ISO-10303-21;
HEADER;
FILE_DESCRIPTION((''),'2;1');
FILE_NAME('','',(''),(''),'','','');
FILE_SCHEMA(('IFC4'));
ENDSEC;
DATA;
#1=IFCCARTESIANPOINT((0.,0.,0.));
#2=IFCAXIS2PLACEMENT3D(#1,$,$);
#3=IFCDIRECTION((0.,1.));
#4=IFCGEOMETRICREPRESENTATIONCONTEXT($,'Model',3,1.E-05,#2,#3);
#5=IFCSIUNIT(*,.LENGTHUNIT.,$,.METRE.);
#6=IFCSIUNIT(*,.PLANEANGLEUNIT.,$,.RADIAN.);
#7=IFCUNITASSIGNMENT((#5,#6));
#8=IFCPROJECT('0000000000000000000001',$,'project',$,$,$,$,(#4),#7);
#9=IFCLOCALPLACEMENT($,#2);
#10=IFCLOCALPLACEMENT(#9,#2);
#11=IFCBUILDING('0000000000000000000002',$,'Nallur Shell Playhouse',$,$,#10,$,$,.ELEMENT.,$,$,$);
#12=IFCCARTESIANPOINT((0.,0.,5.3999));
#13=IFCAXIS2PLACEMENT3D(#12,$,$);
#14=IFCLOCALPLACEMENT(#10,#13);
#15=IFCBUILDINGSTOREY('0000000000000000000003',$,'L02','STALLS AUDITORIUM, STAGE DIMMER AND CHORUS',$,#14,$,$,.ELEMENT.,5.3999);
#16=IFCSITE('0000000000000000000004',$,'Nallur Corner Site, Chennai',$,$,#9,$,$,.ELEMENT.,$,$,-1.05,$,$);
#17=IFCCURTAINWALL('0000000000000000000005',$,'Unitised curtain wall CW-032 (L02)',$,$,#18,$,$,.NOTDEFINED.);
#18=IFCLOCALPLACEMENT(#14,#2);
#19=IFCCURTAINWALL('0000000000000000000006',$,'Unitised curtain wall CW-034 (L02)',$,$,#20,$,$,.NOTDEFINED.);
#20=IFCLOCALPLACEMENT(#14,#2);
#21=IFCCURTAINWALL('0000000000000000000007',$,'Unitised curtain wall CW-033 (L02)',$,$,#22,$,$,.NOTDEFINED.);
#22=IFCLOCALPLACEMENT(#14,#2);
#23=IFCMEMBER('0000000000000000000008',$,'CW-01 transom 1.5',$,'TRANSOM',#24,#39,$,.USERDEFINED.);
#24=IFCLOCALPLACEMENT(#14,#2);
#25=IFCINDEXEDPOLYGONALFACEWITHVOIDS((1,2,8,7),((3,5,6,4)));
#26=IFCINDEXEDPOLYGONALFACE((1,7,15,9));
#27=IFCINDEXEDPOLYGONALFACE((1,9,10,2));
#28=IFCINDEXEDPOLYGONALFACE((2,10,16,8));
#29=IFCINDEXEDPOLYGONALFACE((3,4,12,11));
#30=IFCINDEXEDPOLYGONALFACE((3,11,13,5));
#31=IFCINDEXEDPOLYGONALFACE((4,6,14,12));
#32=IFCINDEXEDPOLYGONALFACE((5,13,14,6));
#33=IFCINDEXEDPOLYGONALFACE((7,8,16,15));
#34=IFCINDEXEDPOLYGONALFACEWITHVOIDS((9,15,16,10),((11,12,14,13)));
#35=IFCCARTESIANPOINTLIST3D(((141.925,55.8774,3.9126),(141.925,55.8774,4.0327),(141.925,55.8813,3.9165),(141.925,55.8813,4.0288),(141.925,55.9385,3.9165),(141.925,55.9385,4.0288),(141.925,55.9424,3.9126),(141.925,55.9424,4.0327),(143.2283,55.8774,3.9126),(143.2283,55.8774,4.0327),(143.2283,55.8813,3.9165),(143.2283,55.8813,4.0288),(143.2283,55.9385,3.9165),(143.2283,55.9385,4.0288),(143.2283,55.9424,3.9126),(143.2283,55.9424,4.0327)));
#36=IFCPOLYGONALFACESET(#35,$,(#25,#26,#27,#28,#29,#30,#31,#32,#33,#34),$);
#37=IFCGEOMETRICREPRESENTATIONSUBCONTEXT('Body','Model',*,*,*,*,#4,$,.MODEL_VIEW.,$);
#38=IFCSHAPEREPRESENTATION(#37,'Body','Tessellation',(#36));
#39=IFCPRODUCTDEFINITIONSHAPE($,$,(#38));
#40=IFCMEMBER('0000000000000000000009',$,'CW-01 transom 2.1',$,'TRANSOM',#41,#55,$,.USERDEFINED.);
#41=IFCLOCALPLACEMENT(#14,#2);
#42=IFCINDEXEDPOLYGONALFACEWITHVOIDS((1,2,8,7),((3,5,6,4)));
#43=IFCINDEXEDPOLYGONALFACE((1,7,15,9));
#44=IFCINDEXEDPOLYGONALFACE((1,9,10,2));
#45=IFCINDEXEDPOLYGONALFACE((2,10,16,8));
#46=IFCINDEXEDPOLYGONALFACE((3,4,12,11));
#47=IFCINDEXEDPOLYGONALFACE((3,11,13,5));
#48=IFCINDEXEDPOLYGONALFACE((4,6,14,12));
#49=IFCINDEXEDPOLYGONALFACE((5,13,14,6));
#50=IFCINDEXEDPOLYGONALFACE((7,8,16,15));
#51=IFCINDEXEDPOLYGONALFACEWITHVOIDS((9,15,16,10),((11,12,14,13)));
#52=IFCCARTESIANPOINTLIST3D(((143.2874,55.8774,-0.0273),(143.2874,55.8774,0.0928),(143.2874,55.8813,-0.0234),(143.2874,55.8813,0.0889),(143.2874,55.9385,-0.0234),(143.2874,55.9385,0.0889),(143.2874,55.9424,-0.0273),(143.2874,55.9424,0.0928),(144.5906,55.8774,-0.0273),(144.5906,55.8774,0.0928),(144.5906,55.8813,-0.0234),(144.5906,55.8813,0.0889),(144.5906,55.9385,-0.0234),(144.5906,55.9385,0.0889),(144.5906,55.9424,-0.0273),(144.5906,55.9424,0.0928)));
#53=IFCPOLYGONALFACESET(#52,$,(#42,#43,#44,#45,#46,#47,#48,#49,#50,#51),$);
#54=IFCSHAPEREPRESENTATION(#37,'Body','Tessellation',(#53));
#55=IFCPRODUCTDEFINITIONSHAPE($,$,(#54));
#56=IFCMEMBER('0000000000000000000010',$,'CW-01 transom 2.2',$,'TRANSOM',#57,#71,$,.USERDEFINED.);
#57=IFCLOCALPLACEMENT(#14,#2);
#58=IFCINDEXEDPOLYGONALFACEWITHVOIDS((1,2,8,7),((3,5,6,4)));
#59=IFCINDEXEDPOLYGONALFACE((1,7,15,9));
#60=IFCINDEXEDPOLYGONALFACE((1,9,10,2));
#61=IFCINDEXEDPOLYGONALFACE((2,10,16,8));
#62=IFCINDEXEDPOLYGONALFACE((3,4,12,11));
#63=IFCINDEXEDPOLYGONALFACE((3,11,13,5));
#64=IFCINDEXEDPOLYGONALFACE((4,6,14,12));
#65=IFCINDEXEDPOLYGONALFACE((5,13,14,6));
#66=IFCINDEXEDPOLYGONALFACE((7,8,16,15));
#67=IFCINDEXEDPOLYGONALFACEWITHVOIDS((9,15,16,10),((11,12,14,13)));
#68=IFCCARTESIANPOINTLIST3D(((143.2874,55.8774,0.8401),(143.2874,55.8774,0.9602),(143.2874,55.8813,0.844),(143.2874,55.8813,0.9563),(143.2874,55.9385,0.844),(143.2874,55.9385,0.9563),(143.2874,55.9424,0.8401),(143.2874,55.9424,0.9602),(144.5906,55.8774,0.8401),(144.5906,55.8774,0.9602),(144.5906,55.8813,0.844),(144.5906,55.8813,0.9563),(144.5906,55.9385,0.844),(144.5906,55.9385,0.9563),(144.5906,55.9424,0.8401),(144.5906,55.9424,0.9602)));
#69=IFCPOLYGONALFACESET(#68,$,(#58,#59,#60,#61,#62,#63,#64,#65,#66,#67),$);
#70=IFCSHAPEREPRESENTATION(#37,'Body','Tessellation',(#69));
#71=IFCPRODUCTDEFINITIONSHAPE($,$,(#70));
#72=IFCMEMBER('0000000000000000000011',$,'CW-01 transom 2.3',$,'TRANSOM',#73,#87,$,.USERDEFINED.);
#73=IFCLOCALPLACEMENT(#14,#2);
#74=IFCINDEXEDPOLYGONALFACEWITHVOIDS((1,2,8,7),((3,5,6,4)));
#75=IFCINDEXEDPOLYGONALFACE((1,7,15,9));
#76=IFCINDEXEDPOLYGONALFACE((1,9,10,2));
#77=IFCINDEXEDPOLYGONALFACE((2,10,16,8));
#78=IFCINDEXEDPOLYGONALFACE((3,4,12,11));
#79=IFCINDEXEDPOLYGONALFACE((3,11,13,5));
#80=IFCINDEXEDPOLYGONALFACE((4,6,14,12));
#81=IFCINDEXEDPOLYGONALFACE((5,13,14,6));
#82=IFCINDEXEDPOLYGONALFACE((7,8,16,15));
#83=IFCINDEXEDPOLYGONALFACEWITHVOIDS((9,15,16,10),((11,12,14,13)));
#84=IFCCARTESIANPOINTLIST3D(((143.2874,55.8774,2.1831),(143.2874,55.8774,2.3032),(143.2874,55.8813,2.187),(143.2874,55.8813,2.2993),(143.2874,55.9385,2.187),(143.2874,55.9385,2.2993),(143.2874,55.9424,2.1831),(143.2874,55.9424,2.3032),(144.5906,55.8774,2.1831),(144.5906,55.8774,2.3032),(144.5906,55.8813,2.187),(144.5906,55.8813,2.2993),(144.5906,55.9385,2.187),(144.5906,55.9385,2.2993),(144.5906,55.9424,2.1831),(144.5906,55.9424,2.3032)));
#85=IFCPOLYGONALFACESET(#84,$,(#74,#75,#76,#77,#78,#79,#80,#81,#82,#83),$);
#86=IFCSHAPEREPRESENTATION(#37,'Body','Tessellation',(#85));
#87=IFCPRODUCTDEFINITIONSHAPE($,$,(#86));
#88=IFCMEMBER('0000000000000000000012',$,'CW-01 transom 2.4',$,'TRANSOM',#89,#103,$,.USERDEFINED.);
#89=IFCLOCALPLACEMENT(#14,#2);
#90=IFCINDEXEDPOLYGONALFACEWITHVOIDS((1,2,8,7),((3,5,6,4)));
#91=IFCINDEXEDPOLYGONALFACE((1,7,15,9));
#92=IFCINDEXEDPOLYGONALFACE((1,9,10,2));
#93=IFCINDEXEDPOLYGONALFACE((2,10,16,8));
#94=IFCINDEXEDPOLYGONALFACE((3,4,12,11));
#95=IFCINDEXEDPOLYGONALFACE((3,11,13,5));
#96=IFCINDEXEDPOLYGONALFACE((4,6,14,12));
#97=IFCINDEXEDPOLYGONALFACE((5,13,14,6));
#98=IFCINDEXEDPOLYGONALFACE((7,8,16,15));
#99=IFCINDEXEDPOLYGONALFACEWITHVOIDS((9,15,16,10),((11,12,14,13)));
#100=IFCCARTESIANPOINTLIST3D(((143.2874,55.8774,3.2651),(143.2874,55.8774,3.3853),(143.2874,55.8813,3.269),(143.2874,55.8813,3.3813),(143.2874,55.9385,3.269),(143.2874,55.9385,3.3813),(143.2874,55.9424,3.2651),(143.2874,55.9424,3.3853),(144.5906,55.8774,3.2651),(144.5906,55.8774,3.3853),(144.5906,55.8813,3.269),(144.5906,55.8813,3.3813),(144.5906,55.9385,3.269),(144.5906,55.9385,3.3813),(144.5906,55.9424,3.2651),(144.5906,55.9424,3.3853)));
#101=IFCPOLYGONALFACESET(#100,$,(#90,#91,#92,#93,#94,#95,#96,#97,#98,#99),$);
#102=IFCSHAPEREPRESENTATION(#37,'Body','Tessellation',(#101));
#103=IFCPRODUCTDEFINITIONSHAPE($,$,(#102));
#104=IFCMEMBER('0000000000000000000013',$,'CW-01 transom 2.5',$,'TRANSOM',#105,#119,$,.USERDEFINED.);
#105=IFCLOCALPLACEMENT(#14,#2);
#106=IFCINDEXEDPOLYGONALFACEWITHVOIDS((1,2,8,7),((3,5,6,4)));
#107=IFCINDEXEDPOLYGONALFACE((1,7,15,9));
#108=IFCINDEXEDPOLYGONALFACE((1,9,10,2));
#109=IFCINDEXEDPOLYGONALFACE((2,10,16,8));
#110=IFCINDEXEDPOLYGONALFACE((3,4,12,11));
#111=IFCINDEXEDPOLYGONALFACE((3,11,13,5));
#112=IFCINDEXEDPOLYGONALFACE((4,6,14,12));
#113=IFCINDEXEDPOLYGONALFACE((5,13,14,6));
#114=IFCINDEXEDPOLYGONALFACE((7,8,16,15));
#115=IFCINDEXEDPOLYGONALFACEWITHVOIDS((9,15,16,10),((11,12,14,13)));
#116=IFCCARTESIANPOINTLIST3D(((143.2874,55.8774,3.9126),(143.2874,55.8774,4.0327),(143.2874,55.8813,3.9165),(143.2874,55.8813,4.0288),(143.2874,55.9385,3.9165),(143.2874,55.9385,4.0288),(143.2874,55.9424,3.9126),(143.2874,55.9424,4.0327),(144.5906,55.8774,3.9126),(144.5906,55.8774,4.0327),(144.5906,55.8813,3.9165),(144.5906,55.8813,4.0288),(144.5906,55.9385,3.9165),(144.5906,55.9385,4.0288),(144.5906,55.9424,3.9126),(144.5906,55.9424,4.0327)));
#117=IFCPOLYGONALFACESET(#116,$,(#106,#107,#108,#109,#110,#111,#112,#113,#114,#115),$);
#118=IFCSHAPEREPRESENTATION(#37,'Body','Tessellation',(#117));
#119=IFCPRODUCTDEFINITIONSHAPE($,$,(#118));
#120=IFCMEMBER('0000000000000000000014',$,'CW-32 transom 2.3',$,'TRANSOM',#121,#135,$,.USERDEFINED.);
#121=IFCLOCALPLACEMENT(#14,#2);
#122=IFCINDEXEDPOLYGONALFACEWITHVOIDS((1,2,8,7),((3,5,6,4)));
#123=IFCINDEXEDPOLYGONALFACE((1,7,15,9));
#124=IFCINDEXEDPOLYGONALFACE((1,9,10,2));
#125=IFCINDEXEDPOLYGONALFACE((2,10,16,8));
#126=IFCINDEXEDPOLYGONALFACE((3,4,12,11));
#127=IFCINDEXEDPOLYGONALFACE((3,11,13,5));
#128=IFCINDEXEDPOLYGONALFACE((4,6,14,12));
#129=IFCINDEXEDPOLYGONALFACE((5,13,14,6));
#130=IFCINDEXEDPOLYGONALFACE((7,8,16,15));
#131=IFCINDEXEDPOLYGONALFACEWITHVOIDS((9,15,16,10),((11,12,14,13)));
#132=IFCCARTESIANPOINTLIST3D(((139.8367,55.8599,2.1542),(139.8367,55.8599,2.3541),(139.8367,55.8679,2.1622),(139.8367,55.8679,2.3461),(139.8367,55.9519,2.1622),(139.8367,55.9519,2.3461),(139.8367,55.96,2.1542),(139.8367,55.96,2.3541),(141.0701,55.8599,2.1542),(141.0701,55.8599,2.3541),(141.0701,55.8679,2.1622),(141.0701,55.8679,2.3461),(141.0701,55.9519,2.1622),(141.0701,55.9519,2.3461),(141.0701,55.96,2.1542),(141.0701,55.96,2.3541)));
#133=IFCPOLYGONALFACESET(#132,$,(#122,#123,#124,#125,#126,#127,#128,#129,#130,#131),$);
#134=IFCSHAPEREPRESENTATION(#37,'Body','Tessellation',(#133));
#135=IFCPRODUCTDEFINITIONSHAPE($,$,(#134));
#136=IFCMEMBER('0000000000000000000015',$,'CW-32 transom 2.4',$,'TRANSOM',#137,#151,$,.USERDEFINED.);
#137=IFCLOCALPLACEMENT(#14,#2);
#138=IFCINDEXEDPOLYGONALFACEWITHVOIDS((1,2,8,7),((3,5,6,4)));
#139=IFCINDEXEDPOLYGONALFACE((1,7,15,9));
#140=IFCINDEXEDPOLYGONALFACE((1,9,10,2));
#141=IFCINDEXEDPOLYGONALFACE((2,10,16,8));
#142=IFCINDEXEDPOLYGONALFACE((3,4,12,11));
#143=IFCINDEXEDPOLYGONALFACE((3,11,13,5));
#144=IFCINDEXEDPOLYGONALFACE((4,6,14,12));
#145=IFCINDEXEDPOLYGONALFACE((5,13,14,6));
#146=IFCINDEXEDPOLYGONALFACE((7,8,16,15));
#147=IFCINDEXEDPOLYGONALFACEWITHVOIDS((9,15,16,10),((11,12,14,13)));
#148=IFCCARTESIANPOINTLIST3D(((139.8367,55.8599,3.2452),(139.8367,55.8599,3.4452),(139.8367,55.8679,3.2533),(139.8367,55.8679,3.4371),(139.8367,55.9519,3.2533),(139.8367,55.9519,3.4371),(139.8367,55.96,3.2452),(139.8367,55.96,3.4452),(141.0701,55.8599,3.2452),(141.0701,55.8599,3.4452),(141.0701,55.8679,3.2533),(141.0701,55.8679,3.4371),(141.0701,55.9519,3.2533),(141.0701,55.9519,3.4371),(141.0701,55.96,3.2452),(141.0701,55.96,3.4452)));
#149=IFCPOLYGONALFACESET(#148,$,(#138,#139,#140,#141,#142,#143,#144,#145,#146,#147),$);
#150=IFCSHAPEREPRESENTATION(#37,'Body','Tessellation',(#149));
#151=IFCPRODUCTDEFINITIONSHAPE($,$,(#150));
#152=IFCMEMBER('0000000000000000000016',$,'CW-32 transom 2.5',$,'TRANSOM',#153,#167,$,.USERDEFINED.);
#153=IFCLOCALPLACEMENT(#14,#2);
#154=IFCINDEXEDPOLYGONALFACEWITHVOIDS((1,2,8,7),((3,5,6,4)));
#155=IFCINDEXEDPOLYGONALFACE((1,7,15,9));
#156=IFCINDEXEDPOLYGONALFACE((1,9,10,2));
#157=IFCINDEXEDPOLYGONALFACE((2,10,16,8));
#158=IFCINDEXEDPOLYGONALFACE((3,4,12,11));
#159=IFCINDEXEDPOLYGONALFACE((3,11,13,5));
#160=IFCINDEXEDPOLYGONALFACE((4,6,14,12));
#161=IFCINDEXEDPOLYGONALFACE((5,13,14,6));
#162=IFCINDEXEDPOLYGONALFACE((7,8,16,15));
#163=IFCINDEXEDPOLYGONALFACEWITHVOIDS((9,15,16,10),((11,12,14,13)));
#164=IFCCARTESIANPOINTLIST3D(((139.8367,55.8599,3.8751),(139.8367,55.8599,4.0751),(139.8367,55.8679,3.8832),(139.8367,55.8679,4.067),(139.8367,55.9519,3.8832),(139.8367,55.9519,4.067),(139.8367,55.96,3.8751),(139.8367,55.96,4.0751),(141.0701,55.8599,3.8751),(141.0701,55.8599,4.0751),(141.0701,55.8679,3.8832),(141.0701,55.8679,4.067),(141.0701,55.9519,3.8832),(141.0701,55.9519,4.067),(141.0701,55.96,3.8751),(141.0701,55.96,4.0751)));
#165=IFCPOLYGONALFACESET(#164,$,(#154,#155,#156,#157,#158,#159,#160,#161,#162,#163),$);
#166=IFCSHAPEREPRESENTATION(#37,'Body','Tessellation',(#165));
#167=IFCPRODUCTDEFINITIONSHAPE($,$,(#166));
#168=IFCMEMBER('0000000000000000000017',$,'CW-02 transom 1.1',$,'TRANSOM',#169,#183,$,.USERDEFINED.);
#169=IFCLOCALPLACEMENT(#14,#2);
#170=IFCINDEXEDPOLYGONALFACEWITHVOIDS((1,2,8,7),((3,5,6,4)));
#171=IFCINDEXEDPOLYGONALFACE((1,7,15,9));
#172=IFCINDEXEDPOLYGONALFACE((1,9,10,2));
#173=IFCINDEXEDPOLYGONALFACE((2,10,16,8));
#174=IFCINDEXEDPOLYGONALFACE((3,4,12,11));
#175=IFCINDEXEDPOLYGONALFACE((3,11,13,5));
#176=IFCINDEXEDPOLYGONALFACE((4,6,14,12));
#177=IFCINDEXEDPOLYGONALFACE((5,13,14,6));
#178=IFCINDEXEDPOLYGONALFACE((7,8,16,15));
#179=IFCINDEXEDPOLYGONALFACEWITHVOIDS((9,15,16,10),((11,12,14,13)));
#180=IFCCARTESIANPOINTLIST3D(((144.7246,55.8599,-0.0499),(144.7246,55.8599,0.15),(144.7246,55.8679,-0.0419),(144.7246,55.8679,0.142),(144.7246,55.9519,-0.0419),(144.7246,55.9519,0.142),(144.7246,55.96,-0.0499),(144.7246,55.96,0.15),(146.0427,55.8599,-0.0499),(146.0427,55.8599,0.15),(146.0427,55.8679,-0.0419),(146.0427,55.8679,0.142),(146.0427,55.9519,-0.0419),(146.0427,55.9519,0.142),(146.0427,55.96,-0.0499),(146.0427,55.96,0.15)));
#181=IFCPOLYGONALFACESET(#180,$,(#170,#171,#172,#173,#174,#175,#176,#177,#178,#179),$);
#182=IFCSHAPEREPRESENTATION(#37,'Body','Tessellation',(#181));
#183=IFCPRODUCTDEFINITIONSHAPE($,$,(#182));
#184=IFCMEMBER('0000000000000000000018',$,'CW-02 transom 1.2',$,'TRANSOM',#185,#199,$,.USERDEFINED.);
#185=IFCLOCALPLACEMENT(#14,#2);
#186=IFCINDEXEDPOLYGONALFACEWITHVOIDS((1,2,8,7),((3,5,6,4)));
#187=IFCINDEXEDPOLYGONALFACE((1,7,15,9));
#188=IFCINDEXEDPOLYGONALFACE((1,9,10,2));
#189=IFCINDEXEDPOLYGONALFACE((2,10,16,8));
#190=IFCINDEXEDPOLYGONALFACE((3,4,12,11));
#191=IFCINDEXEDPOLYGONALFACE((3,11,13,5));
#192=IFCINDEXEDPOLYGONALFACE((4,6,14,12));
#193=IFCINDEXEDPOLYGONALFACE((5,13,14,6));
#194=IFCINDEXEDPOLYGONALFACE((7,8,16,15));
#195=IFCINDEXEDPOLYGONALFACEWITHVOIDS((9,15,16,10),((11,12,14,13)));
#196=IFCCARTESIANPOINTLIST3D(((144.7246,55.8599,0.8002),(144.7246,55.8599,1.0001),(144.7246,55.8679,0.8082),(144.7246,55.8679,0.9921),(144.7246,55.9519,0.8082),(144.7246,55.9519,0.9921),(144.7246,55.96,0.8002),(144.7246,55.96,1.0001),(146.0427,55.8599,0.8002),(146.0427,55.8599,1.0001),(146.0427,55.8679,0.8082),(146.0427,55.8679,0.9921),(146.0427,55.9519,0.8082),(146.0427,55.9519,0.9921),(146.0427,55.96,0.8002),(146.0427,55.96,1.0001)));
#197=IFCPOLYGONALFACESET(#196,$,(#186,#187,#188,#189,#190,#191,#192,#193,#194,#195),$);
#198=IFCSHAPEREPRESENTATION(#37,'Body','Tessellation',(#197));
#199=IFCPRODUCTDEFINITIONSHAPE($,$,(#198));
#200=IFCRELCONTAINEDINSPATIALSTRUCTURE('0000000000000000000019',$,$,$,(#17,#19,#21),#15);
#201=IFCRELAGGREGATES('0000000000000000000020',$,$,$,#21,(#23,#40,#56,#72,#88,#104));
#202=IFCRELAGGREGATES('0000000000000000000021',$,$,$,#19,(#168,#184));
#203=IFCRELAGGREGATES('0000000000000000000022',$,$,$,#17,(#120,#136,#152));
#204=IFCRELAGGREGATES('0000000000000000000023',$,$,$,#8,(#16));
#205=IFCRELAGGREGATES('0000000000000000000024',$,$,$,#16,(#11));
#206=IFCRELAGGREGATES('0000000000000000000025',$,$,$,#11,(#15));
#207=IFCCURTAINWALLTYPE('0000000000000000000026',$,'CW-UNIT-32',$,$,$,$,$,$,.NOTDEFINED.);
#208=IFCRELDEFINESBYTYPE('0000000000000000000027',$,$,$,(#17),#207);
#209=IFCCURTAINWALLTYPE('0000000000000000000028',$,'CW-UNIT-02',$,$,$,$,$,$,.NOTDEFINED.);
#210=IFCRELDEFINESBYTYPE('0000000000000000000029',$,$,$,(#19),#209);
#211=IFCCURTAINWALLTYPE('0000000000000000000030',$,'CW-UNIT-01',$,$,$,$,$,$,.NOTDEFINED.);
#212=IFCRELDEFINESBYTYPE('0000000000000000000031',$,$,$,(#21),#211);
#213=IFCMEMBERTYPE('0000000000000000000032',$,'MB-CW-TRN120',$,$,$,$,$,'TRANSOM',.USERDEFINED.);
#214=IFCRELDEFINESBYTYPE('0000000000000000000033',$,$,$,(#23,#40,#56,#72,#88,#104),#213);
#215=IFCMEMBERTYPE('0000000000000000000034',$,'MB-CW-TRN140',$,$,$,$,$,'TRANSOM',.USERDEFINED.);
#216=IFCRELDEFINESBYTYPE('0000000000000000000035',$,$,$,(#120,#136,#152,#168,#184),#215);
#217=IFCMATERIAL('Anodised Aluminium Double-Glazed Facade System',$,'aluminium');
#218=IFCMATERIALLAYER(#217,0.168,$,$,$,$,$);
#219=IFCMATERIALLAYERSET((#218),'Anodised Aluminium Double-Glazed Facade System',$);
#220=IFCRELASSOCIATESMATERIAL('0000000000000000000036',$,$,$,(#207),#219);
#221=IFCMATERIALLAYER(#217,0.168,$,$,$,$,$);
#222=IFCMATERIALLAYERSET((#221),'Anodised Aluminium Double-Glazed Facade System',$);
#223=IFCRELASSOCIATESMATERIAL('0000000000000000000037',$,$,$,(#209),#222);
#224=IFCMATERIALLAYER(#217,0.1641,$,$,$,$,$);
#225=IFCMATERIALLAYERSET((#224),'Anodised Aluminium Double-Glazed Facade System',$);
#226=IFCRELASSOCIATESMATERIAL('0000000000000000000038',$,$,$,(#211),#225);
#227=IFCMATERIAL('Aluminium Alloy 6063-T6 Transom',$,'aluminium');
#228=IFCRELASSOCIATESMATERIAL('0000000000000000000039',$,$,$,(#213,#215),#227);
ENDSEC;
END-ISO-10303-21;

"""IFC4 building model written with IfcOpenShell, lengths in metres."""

from ifc_helpers import new_model, si_unit, direction, frame, origin, origin_2d, place, context, subcontext, project, spatial, hollow_rectangle, extrude, material, layer, layer_set, material_profile, profile_set, type_object, element, aggregate, save


model = new_model("IFC4")

# Units and contexts
model_context = context("Model", 3, precision=1e-05, world=origin(), true_north=direction((0.0, 1.0)))
body_context = subcontext(model_context, "Body", "Model", "MODEL_VIEW")
ifc_project = project(units=[si_unit("LENGTHUNIT", "METRE"), si_unit("PLANEANGLEUNIT", "RADIAN")], contexts=[model_context])

# Site, building, storey
site_placement = place(None, origin())
site = spatial("IfcSite", under=ifc_project, at=site_placement, Name="Nallur Corner Site, Chennai", CompositionType="ELEMENT", RefElevation=-1.05)
building_placement = place(site_placement, origin())
building = spatial("IfcBuilding", under=site, at=building_placement, Name="Nallur Shell Playhouse", CompositionType="ELEMENT")
storey_placement = place(building_placement, frame((0.0, 0.0, 5.3999)))
storey = spatial("IfcBuildingStorey", under=building, at=storey_placement, Name="L02", Description="STALLS AUDITORIUM, STAGE DIMMER AND CHORUS", CompositionType="ELEMENT", Elevation=5.3999)

# Curtain walls
ifc_material_1 = material(Name="Anodised Aluminium Double-Glazed Facade System", Category="aluminium")
ifc_layer_1 = layer(ifc_material_1, 0.168)
ifc_layer_set_1 = layer_set([ifc_layer_1], Name="Anodised Aluminium Double-Glazed Facade System")
curtain_wall_type_1 = type_object("IfcCurtainWallType", Name="CW-UNIT-32", PredefinedType="NOTDEFINED", material=ifc_layer_set_1)
curtain_wall_1_placement = place(storey_placement, origin())
curtain_wall_1 = element("IfcCurtainWall", 1, at=curtain_wall_1_placement, inside=storey, type_object=curtain_wall_type_1, Name="Unitised curtain wall CW-032 (L02)", PredefinedType="NOTDEFINED")
ifc_layer_2 = layer(ifc_material_1, 0.168)
ifc_layer_set_2 = layer_set([ifc_layer_2], Name="Anodised Aluminium Double-Glazed Facade System")
curtain_wall_type_2 = type_object("IfcCurtainWallType", Name="CW-UNIT-02", PredefinedType="NOTDEFINED", material=ifc_layer_set_2)
curtain_wall_2_placement = place(storey_placement, origin())
curtain_wall_2 = element("IfcCurtainWall", 2, at=curtain_wall_2_placement, inside=storey, type_object=curtain_wall_type_2, Name="Unitised curtain wall CW-034 (L02)", PredefinedType="NOTDEFINED")

# Curtain wall, members
ifc_layer_3 = layer(ifc_material_1, 0.1641)
ifc_layer_set_3 = layer_set([ifc_layer_3], Name="Anodised Aluminium Double-Glazed Facade System")
curtain_wall_type_3 = type_object("IfcCurtainWallType", Name="CW-UNIT-01", PredefinedType="NOTDEFINED", material=ifc_layer_set_3)
curtain_wall_3_placement = place(storey_placement, origin())
curtain_wall_3 = element("IfcCurtainWall", 3, at=curtain_wall_3_placement, inside=storey, type_object=curtain_wall_type_3, Name="Unitised curtain wall CW-033 (L02)", PredefinedType="NOTDEFINED")
ifc_material_2 = material(Name="Aluminium Alloy 6063-T6 Transom", Category="aluminium")
ifc_material_profile_1 = material_profile(ifc_material_2, hollow_rectangle(XDim=0.0649, YDim=0.1201, WallThickness=0.0039, at=origin_2d()), Name="ALU 65x120x4")
ifc_profile_set_1 = profile_set([ifc_material_profile_1], Name="Aluminium Alloy 6063-T6 Transom")
member_type_1 = type_object("IfcMemberType", Name="MB-CW-TRN120", ElementType="TRANSOM", PredefinedType="USERDEFINED", material=ifc_profile_set_1)
member_1_placement = place(storey_placement, frame((141.925, 55.9099, 3.9727), z_axis=(1.0, 0.0, 0.0), x_axis=(0.0, 1.0, 0.0)))
member_1 = element("IfcMember", 4, at=member_1_placement, type_object=member_type_1, Name="CW-01 transom 1.5", ObjectType="TRANSOM", PredefinedType="USERDEFINED", context=body_context, shape_type="SweptSolid", body=[
    extrude(hollow_rectangle(XDim=0.0649, YDim=0.1201, WallThickness=0.0039, at=origin_2d()), origin(), (0.0, 0.0, 1.0), 1.3032),
])
member_2_placement = place(storey_placement, frame((143.2874, 55.9099, 0.0327), z_axis=(1.0, 0.0, 0.0), x_axis=(0.0, 1.0, 0.0)))
member_2 = element("IfcMember", 5, at=member_2_placement, type_object=member_type_1, Name="CW-01 transom 2.1", ObjectType="TRANSOM", PredefinedType="USERDEFINED", context=body_context, shape_type="SweptSolid", body=[
    extrude(hollow_rectangle(XDim=0.0649, YDim=0.1201, WallThickness=0.0039, at=origin_2d()), origin(), (0.0, 0.0, 1.0), 1.3032),
])
member_3_placement = place(storey_placement, frame((143.2874, 55.9099, 0.9001), z_axis=(1.0, 0.0, 0.0), x_axis=(0.0, 1.0, 0.0)))
member_3 = element("IfcMember", 6, at=member_3_placement, type_object=member_type_1, Name="CW-01 transom 2.2", ObjectType="TRANSOM", PredefinedType="USERDEFINED", context=body_context, shape_type="SweptSolid", body=[
    extrude(hollow_rectangle(XDim=0.0649, YDim=0.1201, WallThickness=0.0039, at=origin_2d()), origin(), (0.0, 0.0, 1.0), 1.3032),
])
member_4_placement = place(storey_placement, frame((143.2874, 55.9099, 2.2432), z_axis=(1.0, 0.0, 0.0), x_axis=(0.0, 1.0, 0.0)))
member_4 = element("IfcMember", 7, at=member_4_placement, type_object=member_type_1, Name="CW-01 transom 2.3", ObjectType="TRANSOM", PredefinedType="USERDEFINED", context=body_context, shape_type="SweptSolid", body=[
    extrude(hollow_rectangle(XDim=0.0649, YDim=0.1201, WallThickness=0.0039, at=origin_2d()), origin(), (0.0, 0.0, 1.0), 1.3032),
])
member_5_placement = place(storey_placement, frame((143.2874, 55.9099, 3.3252), z_axis=(1.0, 0.0, 0.0), x_axis=(0.0, 1.0, 0.0)))
member_5 = element("IfcMember", 8, at=member_5_placement, type_object=member_type_1, Name="CW-01 transom 2.4", ObjectType="TRANSOM", PredefinedType="USERDEFINED", context=body_context, shape_type="SweptSolid", body=[
    extrude(hollow_rectangle(XDim=0.0649, YDim=0.1201, WallThickness=0.0039, at=origin_2d()), origin(), (0.0, 0.0, 1.0), 1.3032),
])
member_6_placement = place(storey_placement, frame((143.2874, 55.9099, 3.9727), z_axis=(1.0, 0.0, 0.0), x_axis=(0.0, 1.0, 0.0)))
member_6 = element("IfcMember", 9, at=member_6_placement, type_object=member_type_1, Name="CW-01 transom 2.5", ObjectType="TRANSOM", PredefinedType="USERDEFINED", context=body_context, shape_type="SweptSolid", body=[
    extrude(hollow_rectangle(XDim=0.0649, YDim=0.1201, WallThickness=0.0039, at=origin_2d()), origin(), (0.0, 0.0, 1.0), 1.3032),
])

# Members
ifc_material_profile_2 = material_profile(ifc_material_2, hollow_rectangle(XDim=0.1001, YDim=0.2, WallThickness=0.0081, at=origin_2d()), Name="RHS 200x100x8")
ifc_profile_set_2 = profile_set([ifc_material_profile_2], Name="Aluminium Alloy 6063-T6 Transom")
member_type_2 = type_object("IfcMemberType", Name="MB-CW-TRN140", ElementType="TRANSOM", PredefinedType="USERDEFINED", material=ifc_profile_set_2)
member_7_placement = place(storey_placement, frame((139.8367, 55.9099, 2.2542), z_axis=(1.0, 0.0, 0.0), x_axis=(0.0, 1.0, 0.0)))
member_7 = element("IfcMember", 10, at=member_7_placement, type_object=member_type_2, Name="CW-32 transom 2.3", ObjectType="TRANSOM", PredefinedType="USERDEFINED", context=body_context, shape_type="SweptSolid", body=[
    extrude(hollow_rectangle(XDim=0.1001, YDim=0.2, WallThickness=0.0081, at=origin_2d()), origin(), (0.0, 0.0, 1.0), 1.2334),
])
member_8_placement = place(storey_placement, frame((139.8367, 55.9099, 3.3452), z_axis=(1.0, 0.0, 0.0), x_axis=(0.0, 1.0, 0.0)))
member_8 = element("IfcMember", 11, at=member_8_placement, type_object=member_type_2, Name="CW-32 transom 2.4", ObjectType="TRANSOM", PredefinedType="USERDEFINED", context=body_context, shape_type="SweptSolid", body=[
    extrude(hollow_rectangle(XDim=0.1001, YDim=0.2, WallThickness=0.0081, at=origin_2d()), origin(), (0.0, 0.0, 1.0), 1.2334),
])
member_9_placement = place(storey_placement, frame((139.8367, 55.9099, 3.9751), z_axis=(1.0, 0.0, 0.0), x_axis=(0.0, 1.0, 0.0)))
member_9 = element("IfcMember", 12, at=member_9_placement, type_object=member_type_2, Name="CW-32 transom 2.5", ObjectType="TRANSOM", PredefinedType="USERDEFINED", context=body_context, shape_type="SweptSolid", body=[
    extrude(hollow_rectangle(XDim=0.1001, YDim=0.2, WallThickness=0.0081, at=origin_2d()), origin(), (0.0, 0.0, 1.0), 1.2334),
])
member_10_placement = place(storey_placement, frame((144.7246, 55.9099, 0.05), z_axis=(1.0, 0.0, 0.0), x_axis=(0.0, 1.0, 0.0)))
member_10 = element("IfcMember", 13, at=member_10_placement, type_object=member_type_2, Name="CW-02 transom 1.1", ObjectType="TRANSOM", PredefinedType="USERDEFINED", context=body_context, shape_type="SweptSolid", body=[
    extrude(hollow_rectangle(XDim=0.1001, YDim=0.2, WallThickness=0.0081, at=origin_2d()), origin(), (0.0, 0.0, 1.0), 1.3181),
])
member_11_placement = place(storey_placement, frame((144.7246, 55.9099, 0.9001), z_axis=(1.0, 0.0, 0.0), x_axis=(0.0, 1.0, 0.0)))
member_11 = element("IfcMember", 14, at=member_11_placement, type_object=member_type_2, Name="CW-02 transom 1.2", ObjectType="TRANSOM", PredefinedType="USERDEFINED", context=body_context, shape_type="SweptSolid", body=[
    extrude(hollow_rectangle(XDim=0.1001, YDim=0.2, WallThickness=0.0081, at=origin_2d()), origin(), (0.0, 0.0, 1.0), 1.3181),
])

aggregate(curtain_wall_3, [member_1, member_2, member_3, member_4, member_5, member_6])
aggregate(curtain_wall_2, [member_10, member_11])
aggregate(curtain_wall_1, [member_7, member_8, member_9])

save(model, "model.ifc")
